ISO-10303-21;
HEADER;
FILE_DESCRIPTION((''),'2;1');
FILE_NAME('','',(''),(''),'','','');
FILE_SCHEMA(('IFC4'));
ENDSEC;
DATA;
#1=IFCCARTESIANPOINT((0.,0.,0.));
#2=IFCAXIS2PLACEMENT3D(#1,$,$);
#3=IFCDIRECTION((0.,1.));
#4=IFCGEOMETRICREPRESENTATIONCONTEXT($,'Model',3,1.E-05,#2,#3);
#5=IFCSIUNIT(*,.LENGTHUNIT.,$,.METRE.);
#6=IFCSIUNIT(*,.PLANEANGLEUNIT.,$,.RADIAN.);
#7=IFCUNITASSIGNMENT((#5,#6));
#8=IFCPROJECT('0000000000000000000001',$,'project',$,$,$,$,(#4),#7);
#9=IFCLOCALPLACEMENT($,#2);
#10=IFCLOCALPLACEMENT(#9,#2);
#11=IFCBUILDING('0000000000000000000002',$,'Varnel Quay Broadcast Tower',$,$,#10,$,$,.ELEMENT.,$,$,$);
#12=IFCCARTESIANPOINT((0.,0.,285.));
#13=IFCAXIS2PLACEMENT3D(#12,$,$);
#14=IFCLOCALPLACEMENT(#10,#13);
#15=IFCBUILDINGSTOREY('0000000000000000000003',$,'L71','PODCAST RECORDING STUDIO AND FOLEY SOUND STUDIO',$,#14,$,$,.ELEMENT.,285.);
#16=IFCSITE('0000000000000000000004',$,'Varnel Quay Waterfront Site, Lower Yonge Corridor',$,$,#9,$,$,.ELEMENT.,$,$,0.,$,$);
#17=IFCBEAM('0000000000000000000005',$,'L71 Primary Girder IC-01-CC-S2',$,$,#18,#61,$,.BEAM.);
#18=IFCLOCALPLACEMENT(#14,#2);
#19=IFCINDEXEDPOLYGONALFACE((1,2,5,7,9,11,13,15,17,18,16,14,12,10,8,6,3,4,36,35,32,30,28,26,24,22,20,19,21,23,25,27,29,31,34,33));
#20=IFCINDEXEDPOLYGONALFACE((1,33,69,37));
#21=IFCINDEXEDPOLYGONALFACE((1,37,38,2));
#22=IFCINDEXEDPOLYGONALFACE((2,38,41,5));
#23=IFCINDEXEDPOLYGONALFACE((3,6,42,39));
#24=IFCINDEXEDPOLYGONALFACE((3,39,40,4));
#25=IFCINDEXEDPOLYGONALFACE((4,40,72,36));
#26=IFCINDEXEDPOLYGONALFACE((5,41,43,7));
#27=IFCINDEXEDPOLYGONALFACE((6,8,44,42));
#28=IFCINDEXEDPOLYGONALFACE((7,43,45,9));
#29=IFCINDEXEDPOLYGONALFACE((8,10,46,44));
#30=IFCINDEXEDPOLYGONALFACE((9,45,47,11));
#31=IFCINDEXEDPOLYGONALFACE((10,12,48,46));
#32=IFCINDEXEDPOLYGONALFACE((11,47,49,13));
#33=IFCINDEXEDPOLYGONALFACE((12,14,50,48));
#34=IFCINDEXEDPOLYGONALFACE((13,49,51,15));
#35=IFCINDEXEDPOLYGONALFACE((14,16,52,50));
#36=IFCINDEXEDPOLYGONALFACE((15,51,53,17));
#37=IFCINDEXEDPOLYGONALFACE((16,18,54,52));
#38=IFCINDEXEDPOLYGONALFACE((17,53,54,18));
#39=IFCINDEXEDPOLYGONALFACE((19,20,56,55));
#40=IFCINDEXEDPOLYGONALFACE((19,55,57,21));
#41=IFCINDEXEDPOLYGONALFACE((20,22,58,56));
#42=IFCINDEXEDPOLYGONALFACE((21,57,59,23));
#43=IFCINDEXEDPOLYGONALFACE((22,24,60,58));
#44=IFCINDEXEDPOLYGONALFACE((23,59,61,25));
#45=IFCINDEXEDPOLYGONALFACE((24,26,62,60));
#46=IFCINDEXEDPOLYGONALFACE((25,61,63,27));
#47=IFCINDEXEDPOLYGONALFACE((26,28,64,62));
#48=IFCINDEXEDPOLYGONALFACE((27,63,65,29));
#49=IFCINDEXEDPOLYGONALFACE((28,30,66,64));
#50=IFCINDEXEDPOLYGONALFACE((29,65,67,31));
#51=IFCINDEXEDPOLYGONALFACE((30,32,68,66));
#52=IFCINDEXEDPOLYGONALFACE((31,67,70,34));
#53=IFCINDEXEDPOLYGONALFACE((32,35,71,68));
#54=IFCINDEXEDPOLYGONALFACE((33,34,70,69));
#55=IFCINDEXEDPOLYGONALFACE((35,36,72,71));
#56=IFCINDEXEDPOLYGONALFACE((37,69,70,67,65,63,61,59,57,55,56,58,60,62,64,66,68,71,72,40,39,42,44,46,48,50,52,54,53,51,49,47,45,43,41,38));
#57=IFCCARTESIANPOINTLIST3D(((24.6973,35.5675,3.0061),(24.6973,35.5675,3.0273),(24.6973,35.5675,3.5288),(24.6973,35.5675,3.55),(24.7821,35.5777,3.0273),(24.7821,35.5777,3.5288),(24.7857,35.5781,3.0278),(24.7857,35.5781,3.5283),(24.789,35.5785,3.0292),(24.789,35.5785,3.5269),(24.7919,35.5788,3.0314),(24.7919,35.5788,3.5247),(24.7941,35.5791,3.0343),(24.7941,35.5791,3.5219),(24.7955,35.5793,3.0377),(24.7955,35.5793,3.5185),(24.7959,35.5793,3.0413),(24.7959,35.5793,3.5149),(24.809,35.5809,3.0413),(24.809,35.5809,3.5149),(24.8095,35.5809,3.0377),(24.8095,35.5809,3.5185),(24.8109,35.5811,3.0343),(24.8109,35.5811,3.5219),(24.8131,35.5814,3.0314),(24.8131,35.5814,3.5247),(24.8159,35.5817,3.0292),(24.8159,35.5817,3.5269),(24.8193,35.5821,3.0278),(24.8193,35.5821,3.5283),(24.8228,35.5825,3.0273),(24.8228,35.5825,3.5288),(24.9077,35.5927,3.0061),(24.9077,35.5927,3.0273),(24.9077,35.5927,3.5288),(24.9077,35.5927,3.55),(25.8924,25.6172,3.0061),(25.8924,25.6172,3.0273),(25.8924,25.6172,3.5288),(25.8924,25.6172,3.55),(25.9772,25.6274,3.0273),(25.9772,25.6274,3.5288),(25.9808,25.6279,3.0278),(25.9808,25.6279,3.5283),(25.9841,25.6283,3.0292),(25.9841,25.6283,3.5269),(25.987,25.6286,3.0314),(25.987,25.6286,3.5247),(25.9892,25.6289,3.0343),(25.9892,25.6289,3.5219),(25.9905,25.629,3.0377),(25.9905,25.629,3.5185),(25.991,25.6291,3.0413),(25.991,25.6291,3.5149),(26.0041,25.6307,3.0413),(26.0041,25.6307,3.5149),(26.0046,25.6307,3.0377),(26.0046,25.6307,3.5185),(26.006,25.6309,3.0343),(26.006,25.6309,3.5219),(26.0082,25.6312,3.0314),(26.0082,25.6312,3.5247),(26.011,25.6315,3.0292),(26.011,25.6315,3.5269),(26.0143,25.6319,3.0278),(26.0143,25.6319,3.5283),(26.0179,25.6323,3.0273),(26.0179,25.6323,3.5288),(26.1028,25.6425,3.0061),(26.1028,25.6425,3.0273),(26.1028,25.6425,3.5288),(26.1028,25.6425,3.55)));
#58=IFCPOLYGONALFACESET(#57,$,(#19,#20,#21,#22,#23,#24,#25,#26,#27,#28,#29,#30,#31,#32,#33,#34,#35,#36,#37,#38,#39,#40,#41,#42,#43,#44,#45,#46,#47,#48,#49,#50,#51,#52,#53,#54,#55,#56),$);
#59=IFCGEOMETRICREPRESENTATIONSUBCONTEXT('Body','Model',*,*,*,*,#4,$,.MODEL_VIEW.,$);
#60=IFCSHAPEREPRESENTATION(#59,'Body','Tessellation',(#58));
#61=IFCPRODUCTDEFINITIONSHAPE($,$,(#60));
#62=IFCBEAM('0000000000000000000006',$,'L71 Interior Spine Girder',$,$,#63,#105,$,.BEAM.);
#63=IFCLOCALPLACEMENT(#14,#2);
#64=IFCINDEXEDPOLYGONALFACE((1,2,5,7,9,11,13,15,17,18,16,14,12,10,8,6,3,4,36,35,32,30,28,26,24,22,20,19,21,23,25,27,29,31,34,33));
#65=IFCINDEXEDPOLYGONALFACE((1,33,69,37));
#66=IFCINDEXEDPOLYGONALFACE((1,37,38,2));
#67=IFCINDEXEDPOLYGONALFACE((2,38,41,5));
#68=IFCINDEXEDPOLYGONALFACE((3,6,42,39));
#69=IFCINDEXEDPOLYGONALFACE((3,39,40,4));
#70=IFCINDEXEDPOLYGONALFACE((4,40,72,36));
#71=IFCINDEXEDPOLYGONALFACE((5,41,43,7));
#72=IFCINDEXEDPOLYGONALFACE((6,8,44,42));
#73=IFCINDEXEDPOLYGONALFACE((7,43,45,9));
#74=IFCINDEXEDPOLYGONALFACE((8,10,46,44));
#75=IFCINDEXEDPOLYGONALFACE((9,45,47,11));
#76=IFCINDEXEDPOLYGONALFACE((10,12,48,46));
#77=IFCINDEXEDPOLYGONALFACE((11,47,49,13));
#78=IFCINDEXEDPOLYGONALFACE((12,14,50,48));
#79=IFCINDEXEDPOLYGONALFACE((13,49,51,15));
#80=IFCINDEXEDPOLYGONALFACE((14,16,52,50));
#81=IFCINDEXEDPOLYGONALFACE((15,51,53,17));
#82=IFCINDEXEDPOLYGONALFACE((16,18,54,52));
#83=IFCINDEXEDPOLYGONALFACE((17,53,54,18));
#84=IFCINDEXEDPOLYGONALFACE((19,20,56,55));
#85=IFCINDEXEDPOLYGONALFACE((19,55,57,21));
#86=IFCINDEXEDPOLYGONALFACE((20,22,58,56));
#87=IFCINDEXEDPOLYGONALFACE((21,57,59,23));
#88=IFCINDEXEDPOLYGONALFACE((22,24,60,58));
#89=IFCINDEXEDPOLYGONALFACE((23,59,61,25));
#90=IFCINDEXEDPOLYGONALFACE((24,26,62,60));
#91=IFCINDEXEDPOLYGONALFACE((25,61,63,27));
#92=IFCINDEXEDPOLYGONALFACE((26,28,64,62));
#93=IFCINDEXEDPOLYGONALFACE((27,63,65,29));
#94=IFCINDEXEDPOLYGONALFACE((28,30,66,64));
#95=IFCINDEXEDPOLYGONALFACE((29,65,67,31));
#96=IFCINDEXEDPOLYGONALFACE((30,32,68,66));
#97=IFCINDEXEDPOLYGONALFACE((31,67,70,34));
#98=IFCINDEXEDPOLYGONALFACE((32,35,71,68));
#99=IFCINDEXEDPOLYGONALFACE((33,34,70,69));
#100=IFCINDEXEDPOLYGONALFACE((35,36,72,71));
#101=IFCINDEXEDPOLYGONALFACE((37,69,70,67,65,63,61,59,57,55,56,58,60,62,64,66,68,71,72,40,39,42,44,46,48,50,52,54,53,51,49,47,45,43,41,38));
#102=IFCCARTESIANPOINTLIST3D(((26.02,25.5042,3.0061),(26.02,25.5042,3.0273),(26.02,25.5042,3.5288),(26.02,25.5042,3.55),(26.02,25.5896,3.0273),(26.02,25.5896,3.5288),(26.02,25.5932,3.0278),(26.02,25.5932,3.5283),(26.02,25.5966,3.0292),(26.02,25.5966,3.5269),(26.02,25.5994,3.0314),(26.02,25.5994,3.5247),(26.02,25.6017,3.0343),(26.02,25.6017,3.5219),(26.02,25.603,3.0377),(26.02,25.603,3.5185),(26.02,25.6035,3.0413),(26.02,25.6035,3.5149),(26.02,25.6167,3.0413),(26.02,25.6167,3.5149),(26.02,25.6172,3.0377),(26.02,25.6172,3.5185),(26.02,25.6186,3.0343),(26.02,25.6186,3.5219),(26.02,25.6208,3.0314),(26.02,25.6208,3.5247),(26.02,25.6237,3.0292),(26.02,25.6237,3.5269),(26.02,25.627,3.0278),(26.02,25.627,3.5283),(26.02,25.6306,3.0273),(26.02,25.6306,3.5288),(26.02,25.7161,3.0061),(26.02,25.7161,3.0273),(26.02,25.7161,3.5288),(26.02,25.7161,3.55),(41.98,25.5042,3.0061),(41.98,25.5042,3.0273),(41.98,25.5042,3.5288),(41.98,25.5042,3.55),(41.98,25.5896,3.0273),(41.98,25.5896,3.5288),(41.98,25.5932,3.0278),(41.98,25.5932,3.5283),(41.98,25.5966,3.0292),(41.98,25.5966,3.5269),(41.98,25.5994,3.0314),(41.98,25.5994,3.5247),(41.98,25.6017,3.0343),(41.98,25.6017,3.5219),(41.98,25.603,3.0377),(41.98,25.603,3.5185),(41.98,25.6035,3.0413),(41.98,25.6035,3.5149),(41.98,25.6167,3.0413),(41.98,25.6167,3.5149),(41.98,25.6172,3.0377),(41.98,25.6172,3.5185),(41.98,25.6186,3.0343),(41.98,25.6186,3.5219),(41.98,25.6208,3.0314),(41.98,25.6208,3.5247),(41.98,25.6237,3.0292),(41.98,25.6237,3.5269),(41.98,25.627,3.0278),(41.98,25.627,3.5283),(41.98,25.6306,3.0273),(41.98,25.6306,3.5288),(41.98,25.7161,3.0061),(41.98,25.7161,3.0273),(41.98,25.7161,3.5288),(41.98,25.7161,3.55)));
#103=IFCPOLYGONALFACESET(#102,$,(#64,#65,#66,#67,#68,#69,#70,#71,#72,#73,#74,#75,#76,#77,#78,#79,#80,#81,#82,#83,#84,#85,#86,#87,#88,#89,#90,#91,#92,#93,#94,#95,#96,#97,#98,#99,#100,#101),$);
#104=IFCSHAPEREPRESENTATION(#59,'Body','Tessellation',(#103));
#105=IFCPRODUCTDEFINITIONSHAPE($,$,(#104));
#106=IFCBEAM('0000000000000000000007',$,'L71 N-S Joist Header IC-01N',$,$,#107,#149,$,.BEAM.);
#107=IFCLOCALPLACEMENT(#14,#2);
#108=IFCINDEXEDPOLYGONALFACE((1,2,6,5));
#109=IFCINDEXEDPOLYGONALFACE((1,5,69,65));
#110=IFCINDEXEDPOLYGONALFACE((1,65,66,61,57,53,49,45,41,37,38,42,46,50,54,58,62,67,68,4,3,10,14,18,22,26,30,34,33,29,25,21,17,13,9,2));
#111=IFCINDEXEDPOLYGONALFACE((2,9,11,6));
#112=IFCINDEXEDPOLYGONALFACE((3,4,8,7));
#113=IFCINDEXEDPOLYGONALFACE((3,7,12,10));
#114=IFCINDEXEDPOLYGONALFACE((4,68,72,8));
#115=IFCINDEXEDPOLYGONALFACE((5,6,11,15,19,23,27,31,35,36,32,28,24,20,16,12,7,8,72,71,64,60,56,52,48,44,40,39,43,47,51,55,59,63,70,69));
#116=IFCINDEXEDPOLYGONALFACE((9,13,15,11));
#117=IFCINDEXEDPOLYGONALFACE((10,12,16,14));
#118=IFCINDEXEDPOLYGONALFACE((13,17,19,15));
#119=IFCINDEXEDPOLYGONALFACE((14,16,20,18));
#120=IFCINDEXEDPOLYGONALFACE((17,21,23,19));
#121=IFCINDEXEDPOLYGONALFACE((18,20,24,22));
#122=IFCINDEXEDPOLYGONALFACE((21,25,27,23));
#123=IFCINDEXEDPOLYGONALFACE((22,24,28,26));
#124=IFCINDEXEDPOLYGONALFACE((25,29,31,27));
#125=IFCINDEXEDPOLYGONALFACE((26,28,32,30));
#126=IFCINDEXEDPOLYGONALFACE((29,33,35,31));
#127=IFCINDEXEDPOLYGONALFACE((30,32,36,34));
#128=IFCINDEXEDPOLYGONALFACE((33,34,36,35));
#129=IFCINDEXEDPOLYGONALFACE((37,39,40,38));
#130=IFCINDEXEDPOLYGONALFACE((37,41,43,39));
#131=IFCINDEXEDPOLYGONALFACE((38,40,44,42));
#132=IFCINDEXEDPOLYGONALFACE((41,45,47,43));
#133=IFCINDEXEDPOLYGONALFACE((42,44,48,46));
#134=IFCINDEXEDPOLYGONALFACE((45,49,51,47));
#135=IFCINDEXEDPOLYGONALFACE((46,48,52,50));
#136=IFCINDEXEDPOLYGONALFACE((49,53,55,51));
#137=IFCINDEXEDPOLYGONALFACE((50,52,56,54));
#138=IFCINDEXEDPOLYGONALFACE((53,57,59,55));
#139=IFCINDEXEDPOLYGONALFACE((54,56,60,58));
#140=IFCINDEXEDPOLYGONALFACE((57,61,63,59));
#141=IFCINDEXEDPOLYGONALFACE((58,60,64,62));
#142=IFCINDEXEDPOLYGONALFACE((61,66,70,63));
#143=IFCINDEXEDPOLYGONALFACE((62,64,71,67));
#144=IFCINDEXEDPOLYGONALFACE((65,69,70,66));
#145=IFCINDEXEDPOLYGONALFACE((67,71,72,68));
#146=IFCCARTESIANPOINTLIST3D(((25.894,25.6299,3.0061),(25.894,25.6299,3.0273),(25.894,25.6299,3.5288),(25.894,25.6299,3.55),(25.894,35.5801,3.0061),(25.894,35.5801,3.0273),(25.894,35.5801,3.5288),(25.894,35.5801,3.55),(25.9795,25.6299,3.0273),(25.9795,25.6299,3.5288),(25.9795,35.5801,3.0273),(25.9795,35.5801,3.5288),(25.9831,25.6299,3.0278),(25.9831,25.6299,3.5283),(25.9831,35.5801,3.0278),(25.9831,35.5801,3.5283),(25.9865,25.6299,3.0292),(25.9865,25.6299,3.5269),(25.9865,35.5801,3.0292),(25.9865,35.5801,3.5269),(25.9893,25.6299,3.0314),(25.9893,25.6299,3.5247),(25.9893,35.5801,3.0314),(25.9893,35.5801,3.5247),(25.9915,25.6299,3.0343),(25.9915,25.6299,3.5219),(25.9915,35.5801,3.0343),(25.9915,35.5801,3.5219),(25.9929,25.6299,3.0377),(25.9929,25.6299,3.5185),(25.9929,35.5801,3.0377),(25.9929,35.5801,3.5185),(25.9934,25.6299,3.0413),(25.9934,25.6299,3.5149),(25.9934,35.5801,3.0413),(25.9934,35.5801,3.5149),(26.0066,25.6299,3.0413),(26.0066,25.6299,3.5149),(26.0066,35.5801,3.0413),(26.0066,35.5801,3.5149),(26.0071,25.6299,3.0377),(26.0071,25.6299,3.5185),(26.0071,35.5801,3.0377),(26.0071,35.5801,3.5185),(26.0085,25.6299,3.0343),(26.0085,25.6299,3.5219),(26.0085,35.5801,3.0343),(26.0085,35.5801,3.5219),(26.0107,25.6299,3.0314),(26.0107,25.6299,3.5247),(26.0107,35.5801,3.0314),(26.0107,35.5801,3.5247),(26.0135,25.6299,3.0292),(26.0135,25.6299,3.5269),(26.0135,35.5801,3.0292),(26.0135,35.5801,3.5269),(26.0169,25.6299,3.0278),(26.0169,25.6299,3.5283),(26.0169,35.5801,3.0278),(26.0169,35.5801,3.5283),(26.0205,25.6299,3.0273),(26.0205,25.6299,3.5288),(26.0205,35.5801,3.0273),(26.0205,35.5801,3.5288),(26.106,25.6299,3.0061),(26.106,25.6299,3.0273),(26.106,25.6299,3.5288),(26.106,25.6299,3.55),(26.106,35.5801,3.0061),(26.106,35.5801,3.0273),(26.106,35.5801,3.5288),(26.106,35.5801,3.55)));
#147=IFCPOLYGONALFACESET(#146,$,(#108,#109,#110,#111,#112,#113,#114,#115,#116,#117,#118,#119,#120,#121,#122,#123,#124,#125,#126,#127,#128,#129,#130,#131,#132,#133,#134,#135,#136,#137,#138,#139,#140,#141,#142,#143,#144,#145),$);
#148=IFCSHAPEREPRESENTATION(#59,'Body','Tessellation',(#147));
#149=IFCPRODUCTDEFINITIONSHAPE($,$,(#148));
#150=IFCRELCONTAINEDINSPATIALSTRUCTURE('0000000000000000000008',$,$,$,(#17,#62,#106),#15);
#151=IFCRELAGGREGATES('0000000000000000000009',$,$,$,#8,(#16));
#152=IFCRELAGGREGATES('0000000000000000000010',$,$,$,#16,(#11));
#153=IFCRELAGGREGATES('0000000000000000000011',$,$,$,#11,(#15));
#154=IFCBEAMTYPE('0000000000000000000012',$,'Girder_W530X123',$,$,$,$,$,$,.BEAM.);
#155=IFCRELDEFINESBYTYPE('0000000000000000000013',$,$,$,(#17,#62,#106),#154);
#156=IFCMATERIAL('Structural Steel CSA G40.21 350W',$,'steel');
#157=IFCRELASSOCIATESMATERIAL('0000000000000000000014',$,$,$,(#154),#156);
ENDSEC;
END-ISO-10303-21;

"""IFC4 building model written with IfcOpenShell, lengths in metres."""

from ifc_helpers import new_model, si_unit, direction, frame, origin, origin_2d, place, context, subcontext, project, spatial, i_section, extrude, source, transform, mapped, material, material_profile, profile_set, type_object, type_shapes, element, save


model = new_model("IFC4")

# Units and contexts
model_context = context("Model", 3, precision=1e-05, world=origin(), true_north=direction((0.0, 1.0)))
body_context = subcontext(model_context, "Body", "Model", "MODEL_VIEW")
ifc_project = project(units=[si_unit("LENGTHUNIT", "METRE"), si_unit("PLANEANGLEUNIT", "RADIAN")], contexts=[model_context])

# Site, building, storey
site_placement = place(None, origin())
site = spatial("IfcSite", under=ifc_project, at=site_placement, Name="Varnel Quay Waterfront Site, Lower Yonge Corridor", CompositionType="ELEMENT", RefElevation=0.0)
building_placement = place(site_placement, origin())
building = spatial("IfcBuilding", under=site, at=building_placement, Name="Varnel Quay Broadcast Tower", CompositionType="ELEMENT")
storey_placement = place(building_placement, frame((0.0, 0.0, 285.0)))
storey = spatial("IfcBuildingStorey", under=building, at=storey_placement, Name="L71", Description="PODCAST RECORDING STUDIO AND FOLEY SOUND STUDIO", CompositionType="ELEMENT", Elevation=285.0)

# Shared definitions
ifc_material_1 = material(Name="Structural Steel CSA G40.21 350W", Category="steel")

# Beams
ifc_material_profile_1 = material_profile(ifc_material_1, i_section(OverallWidth=0.2119, OverallDepth=0.5439, WebThickness=0.0132, FlangeThickness=0.0212, FilletRadius=0.0139, at=origin_2d()), Name="W530X123")
ifc_profile_set_1 = profile_set([ifc_material_profile_1], Name="Structural Steel CSA G40.21 350W")
beam_type_1 = type_object("IfcBeamType", Name="Girder_W530X123", PredefinedType="BEAM", material=ifc_profile_set_1)
shared_shape_1 = source(origin(), body_context, "Body", "SweptSolid", [
    extrude(i_section(OverallWidth=0.2119, OverallDepth=0.5439, WebThickness=0.0132, FlangeThickness=0.0212, FilletRadius=0.0139, at=origin_2d()), origin(), (0.0, 0.0, 1.0), 10.0217),
])
beam_1_placement = place(storey_placement, frame((25.9976, 25.6299, 3.2781), z_axis=(-0.119248, 0.992864, 0.0), x_axis=(-0.992864, -0.119248, 0.0)))
element("IfcBeam", 1, at=beam_1_placement, inside=storey, type_object=beam_type_1, Name="L71 Primary Girder IC-01-CC-S2", PredefinedType="BEAM", context=body_context, shape_type="MappedRepresentation", body=[
    mapped(shared_shape_1, transform((0.0, 0.0, 0.0), x_axis=(1.0, 0.0, 0.0), y_axis=(0.0, 1.0, 0.0), z_axis=(0.0, 0.0, 1.0), scale=1.0)),
])
shared_shape_2 = source(origin(), body_context, "Body", "SweptSolid", [
    extrude(i_section(OverallWidth=0.2119, OverallDepth=0.5439, WebThickness=0.0132, FlangeThickness=0.0212, FilletRadius=0.0139, at=origin_2d()), origin(), (0.0, 0.0, 1.0), 15.96),
])
beam_2_placement = place(storey_placement, frame((26.02, 25.6101, 3.2781), z_axis=(1.0, 0.0, 0.0), x_axis=(0.0, 1.0, 0.0)))
element("IfcBeam", 2, at=beam_2_placement, inside=storey, type_object=beam_type_1, Name="L71 Interior Spine Girder", PredefinedType="BEAM", context=body_context, shape_type="MappedRepresentation", body=[
    mapped(shared_shape_2, transform((0.0, 0.0, 0.0), x_axis=(1.0, 0.0, 0.0), y_axis=(0.0, 1.0, 0.0), z_axis=(0.0, 0.0, 1.0), scale=1.0)),
])
shared_shape_3 = source(origin(), body_context, "Body", "SweptSolid", [
    extrude(i_section(OverallWidth=0.2119, OverallDepth=0.5439, WebThickness=0.0132, FlangeThickness=0.0212, FilletRadius=0.0139, at=origin_2d()), origin(), (0.0, 0.0, 1.0), 9.9502),
])
type_shapes(beam_type_1, [shared_shape_1, shared_shape_2, shared_shape_3])
beam_3_placement = place(storey_placement, frame((26.0, 25.6299, 3.2781), z_axis=(0.0, 1.0, 0.0), x_axis=(-1.0, 0.0, 0.0)))
element("IfcBeam", 3, at=beam_3_placement, inside=storey, type_object=beam_type_1, Name="L71 N-S Joist Header IC-01N", PredefinedType="BEAM", context=body_context, shape_type="MappedRepresentation", body=[
    mapped(shared_shape_3, transform((0.0, 0.0, 0.0), x_axis=(1.0, 0.0, 0.0), y_axis=(0.0, 1.0, 0.0), z_axis=(0.0, 0.0, 1.0), scale=1.0)),
])

save(model, "model.ifc")
